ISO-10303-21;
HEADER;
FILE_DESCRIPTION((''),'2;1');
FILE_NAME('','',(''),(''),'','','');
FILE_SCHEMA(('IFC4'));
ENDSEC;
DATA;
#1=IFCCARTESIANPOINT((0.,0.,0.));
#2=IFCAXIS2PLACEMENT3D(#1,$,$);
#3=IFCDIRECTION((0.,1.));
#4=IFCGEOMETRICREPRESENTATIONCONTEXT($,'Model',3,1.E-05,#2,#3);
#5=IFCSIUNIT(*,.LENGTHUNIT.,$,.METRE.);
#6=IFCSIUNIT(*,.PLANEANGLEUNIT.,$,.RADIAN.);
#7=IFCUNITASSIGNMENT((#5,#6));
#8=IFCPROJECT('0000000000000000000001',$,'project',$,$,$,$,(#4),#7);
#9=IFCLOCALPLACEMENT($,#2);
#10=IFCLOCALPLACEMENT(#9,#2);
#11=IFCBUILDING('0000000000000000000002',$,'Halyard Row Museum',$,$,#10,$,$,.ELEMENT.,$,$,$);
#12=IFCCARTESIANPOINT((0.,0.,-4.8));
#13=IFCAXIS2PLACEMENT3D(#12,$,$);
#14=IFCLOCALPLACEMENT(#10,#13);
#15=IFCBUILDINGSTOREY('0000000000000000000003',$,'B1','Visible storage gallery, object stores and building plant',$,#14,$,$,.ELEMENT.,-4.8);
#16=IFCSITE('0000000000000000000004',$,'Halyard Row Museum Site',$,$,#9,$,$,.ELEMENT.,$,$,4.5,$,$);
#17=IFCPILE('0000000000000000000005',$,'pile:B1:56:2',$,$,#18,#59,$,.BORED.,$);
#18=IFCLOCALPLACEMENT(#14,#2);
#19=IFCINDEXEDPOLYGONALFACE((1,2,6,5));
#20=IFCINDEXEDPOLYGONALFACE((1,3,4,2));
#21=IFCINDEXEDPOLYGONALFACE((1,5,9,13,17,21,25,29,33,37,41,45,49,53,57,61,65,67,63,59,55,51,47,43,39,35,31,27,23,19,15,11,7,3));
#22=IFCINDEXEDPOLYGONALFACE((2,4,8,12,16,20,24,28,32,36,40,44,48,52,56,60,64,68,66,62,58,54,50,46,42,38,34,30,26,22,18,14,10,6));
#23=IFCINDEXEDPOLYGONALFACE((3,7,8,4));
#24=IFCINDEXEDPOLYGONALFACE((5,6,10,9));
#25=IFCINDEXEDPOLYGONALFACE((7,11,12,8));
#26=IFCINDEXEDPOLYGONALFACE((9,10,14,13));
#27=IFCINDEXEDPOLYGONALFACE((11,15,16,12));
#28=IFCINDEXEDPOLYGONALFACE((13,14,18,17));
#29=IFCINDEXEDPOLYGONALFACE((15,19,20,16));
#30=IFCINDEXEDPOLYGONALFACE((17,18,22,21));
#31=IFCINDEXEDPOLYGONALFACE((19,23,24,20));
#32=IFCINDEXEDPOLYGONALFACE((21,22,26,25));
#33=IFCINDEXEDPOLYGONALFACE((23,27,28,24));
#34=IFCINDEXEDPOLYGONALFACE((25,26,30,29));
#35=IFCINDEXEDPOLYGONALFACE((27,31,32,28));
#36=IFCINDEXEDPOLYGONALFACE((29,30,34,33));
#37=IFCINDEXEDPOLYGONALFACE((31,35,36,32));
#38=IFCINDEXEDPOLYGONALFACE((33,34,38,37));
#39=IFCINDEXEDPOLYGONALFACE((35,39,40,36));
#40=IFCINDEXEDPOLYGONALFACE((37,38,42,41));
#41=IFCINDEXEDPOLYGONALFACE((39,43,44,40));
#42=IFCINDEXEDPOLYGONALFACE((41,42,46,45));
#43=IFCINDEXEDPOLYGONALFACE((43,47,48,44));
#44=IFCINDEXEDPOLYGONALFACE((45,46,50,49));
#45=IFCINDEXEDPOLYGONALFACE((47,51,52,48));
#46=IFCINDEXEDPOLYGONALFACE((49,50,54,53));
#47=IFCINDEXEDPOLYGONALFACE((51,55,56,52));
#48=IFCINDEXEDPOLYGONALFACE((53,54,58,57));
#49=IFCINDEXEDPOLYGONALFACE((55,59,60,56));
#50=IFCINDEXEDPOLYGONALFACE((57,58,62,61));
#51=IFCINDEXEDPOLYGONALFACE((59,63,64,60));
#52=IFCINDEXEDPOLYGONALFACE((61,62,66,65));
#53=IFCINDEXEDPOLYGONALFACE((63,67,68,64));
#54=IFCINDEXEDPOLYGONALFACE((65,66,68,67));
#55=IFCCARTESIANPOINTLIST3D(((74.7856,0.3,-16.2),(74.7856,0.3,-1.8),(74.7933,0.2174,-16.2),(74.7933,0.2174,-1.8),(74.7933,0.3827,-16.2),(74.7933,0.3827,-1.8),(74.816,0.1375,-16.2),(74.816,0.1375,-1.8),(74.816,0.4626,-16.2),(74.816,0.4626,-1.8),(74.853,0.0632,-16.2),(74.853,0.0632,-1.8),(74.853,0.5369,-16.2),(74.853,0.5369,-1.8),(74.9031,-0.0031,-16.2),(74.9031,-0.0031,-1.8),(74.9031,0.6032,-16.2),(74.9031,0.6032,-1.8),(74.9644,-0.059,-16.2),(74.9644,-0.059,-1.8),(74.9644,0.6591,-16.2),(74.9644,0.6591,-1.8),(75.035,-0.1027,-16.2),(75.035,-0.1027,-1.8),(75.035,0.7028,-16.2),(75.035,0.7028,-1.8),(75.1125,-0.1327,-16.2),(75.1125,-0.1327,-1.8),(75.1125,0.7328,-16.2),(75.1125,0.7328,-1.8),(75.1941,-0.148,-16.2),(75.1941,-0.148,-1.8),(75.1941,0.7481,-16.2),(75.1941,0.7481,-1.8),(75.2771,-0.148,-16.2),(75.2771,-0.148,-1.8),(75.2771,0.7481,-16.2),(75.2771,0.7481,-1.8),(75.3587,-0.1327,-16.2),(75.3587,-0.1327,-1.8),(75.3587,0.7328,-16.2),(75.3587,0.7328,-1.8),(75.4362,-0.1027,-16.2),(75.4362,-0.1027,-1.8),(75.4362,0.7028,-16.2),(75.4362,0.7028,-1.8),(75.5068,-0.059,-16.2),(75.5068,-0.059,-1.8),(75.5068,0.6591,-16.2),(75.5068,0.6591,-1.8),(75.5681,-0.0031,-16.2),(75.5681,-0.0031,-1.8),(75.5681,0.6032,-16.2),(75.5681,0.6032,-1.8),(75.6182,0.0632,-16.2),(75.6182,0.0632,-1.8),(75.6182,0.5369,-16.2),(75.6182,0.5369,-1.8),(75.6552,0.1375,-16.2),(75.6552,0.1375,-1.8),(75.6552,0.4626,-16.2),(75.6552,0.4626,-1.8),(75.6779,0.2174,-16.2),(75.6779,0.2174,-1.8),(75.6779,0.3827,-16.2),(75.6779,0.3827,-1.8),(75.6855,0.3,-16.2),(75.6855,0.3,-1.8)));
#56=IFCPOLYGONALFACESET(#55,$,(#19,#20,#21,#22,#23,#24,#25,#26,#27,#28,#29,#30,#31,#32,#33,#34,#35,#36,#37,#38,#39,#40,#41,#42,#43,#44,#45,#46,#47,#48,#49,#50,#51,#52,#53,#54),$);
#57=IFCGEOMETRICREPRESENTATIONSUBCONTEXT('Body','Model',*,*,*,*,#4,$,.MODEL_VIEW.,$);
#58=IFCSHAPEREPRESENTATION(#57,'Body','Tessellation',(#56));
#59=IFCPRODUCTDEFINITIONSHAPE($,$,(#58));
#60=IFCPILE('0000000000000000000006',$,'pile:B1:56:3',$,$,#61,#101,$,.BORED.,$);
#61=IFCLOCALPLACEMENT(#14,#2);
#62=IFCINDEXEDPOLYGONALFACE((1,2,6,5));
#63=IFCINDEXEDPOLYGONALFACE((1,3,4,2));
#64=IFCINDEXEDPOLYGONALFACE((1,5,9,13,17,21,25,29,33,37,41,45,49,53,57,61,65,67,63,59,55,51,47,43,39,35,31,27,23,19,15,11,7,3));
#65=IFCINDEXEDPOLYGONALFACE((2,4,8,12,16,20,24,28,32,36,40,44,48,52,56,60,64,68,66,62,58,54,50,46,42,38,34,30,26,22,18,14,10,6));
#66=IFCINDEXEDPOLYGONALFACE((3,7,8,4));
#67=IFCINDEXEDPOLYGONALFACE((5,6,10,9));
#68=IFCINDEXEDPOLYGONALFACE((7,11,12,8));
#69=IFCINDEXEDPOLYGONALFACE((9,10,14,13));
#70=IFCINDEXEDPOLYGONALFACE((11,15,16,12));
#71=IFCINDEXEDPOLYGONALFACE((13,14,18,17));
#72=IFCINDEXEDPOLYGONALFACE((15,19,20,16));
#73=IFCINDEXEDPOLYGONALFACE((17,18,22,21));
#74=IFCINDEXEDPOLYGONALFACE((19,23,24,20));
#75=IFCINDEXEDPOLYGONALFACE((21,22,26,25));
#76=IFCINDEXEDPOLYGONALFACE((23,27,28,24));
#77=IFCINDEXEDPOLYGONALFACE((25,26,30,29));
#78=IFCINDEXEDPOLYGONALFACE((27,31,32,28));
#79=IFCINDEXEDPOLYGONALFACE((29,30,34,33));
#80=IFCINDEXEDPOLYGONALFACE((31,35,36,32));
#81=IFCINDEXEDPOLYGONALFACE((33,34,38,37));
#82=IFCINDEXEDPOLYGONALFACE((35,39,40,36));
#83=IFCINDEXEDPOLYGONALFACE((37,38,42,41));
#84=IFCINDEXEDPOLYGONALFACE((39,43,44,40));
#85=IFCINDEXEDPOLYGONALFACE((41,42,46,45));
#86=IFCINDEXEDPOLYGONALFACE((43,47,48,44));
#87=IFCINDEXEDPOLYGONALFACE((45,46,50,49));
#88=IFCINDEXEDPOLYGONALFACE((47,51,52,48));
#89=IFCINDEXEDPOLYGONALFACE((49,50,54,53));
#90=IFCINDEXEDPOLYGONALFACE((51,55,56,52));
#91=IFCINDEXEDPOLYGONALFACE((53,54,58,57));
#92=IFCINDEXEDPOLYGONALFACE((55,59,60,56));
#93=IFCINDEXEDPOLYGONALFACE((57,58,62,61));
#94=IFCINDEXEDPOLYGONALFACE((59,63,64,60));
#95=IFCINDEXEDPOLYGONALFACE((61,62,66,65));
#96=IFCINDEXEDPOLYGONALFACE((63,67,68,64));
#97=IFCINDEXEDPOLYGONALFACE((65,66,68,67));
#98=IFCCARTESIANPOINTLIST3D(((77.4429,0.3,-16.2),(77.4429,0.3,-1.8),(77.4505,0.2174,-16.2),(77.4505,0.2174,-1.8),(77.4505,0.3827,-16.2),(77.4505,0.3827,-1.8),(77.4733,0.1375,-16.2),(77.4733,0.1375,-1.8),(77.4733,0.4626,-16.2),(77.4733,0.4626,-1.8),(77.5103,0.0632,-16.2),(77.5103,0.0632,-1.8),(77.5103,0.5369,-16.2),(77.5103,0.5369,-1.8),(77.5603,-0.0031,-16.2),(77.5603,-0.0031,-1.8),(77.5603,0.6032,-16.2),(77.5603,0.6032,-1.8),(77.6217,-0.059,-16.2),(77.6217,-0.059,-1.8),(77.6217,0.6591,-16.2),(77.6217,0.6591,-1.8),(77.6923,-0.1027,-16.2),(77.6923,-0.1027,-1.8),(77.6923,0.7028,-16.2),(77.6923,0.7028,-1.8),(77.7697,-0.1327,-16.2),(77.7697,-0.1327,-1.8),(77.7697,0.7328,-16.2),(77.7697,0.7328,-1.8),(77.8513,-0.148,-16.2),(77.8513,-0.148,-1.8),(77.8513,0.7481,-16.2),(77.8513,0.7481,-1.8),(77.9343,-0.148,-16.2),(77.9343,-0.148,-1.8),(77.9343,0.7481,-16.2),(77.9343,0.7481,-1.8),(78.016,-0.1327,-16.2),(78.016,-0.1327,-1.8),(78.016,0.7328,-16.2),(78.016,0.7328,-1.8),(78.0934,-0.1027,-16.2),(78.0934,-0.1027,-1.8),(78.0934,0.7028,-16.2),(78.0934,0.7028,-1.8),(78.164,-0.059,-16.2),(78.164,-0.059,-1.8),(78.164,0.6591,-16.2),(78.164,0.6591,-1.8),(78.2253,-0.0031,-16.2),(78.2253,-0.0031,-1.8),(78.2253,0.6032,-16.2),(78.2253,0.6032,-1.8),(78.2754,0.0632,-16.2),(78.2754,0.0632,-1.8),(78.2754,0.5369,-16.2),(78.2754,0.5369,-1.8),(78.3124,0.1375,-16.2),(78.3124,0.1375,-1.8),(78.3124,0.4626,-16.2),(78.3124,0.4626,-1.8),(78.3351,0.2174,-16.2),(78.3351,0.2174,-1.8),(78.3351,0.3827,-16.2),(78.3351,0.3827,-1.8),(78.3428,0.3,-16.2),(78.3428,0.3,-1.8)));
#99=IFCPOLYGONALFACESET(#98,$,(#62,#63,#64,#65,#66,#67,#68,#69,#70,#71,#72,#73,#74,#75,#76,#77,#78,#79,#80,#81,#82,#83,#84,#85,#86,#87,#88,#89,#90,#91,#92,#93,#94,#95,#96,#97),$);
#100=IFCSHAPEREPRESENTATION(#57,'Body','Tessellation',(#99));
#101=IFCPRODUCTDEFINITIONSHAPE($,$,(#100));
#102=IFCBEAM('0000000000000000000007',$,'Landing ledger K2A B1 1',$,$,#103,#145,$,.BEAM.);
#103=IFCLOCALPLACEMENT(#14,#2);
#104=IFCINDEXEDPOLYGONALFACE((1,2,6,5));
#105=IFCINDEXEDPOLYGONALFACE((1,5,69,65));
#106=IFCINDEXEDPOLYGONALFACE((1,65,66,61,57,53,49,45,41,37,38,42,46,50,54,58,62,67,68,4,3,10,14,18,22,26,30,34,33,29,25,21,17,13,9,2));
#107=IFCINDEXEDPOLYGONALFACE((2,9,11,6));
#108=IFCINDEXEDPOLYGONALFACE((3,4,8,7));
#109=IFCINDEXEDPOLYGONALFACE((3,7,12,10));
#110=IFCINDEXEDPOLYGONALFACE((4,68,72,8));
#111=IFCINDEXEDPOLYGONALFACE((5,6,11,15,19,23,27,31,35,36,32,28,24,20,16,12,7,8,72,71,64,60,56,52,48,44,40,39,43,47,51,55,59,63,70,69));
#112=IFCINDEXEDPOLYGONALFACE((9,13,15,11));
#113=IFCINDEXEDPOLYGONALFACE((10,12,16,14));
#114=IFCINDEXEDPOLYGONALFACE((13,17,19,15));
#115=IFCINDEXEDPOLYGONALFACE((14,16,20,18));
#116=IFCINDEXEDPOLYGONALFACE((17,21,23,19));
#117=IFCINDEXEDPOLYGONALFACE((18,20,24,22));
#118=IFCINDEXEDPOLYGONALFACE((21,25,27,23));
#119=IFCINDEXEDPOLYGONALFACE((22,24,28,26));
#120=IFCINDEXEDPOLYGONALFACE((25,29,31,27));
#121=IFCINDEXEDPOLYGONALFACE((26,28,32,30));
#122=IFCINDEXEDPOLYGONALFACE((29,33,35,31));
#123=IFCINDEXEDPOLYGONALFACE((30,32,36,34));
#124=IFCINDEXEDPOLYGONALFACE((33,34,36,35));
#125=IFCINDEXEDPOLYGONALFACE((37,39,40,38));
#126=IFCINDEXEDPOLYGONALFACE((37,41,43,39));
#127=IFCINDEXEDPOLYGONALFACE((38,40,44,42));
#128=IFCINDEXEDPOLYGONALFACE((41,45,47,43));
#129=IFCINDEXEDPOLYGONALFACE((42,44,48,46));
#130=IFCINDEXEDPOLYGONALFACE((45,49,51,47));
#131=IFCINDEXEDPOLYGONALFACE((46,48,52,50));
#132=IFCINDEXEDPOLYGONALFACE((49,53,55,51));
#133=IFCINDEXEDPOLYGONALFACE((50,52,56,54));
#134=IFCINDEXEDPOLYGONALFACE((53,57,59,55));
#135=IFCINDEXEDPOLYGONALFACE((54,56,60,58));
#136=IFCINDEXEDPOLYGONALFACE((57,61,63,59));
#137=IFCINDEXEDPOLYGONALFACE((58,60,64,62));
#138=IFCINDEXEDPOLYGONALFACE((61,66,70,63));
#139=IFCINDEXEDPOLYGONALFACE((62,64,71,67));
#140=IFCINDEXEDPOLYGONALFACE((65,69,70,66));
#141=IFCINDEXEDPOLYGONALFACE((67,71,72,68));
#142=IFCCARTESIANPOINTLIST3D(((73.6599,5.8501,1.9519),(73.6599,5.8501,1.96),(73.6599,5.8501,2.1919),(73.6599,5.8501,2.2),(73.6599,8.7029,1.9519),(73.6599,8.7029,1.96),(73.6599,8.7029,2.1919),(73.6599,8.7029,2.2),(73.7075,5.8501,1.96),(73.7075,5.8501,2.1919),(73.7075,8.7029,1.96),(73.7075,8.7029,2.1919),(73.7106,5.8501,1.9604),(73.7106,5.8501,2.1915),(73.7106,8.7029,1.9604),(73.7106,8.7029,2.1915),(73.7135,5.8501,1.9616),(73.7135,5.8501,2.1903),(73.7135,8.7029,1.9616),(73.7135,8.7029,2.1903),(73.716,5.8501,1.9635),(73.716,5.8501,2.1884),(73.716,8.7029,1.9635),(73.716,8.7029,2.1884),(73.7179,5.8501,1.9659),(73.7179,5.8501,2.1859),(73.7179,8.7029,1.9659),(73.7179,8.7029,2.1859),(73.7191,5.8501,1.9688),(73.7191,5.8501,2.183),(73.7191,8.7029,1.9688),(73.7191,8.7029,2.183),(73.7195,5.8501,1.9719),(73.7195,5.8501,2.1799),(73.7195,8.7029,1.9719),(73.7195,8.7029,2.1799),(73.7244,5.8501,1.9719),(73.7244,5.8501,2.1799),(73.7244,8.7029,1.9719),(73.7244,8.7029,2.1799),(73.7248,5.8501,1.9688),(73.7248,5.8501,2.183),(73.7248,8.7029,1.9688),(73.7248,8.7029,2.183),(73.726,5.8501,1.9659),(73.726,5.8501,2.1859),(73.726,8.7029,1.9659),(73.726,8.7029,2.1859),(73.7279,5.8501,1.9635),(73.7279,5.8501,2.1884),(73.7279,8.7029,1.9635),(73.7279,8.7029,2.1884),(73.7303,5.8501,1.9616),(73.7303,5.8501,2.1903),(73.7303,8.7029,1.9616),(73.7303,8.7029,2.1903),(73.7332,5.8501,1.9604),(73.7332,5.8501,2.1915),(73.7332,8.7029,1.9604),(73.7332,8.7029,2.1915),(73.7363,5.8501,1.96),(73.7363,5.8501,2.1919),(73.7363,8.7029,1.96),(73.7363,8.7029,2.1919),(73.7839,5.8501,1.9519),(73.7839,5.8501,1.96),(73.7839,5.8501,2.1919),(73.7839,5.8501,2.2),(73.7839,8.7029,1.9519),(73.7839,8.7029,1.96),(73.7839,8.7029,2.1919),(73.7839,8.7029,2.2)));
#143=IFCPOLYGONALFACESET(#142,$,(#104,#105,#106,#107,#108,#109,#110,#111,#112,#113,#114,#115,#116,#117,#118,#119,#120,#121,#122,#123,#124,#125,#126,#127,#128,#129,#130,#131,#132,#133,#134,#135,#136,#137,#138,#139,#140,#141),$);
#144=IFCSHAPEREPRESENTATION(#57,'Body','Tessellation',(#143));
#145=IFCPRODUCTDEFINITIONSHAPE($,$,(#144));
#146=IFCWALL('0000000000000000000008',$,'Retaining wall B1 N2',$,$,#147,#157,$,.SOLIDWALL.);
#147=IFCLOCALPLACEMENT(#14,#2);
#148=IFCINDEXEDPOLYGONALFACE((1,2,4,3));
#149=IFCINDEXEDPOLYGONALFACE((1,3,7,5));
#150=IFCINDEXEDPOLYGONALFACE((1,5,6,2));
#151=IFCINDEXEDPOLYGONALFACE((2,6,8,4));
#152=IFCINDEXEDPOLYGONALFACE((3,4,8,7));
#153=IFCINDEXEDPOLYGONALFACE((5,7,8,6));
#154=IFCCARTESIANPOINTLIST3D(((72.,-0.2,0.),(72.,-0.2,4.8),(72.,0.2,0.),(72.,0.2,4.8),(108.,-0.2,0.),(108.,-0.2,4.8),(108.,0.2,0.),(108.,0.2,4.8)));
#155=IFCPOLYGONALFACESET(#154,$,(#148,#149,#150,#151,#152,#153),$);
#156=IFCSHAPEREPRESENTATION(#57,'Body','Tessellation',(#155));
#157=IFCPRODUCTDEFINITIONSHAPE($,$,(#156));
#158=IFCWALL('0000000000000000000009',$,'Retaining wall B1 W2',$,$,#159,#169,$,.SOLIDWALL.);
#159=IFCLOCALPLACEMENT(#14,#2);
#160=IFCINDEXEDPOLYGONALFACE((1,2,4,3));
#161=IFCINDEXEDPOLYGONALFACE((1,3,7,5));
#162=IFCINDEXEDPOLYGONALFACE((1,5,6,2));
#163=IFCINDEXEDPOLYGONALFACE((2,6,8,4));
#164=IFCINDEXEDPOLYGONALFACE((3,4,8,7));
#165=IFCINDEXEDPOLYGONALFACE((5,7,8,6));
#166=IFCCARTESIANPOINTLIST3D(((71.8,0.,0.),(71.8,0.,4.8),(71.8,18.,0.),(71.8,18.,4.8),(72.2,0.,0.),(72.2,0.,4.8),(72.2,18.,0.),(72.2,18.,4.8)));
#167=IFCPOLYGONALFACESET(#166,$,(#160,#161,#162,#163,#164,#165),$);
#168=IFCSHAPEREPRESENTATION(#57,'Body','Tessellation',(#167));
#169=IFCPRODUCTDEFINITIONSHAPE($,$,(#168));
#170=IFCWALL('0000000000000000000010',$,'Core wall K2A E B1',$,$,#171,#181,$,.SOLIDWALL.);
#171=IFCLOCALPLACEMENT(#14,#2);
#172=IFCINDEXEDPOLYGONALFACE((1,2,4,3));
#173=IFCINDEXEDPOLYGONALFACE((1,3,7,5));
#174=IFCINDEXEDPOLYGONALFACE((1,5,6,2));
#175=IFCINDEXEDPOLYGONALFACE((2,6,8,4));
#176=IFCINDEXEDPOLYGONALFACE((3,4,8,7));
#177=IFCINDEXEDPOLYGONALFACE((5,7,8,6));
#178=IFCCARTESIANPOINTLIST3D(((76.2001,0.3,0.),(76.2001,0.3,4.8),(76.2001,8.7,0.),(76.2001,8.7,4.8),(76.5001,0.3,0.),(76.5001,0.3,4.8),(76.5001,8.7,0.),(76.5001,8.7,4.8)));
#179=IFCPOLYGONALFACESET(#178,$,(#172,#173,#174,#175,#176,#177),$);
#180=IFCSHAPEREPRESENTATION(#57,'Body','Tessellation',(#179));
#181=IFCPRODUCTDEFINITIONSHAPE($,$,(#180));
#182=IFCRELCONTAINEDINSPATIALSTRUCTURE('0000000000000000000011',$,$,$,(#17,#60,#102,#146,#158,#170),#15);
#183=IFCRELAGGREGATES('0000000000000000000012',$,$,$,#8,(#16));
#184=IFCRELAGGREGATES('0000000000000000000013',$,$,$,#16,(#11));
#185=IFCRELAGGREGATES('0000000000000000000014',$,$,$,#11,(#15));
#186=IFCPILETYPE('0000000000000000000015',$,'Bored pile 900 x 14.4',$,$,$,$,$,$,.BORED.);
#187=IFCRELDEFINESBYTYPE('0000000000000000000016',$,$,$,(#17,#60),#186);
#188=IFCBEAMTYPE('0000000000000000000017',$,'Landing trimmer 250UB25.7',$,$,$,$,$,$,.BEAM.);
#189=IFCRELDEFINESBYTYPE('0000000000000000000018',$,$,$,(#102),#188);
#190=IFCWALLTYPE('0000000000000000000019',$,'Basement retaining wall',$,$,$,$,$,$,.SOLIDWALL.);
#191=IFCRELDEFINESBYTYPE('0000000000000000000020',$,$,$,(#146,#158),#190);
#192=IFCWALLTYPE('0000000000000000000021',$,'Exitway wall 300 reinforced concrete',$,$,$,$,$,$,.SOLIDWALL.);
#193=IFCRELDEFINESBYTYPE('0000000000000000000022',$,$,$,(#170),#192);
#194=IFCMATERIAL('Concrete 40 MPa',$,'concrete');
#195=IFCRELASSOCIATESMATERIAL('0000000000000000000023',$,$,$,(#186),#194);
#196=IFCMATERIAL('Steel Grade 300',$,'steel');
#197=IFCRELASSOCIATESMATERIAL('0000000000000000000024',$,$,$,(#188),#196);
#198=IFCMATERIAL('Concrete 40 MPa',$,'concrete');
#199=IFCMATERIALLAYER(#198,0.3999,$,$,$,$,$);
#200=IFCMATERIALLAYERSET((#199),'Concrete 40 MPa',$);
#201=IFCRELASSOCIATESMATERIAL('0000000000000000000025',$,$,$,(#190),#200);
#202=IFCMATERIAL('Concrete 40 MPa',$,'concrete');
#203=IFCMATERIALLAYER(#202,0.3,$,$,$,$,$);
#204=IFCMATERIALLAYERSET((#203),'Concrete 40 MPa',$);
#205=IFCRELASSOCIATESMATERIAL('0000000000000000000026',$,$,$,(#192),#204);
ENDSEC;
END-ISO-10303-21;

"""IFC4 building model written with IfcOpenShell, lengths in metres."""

from ifc_helpers import new_model, si_unit, direction, frame, frame_2d, origin, origin_2d, place, context, subcontext, project, spatial, rectangle, circle, i_section, extrude, material, layer, layer_set, material_profile, profile_set, type_object, element, save


model = new_model("IFC4")

# Units and contexts
model_context = context("Model", 3, precision=1e-05, world=origin(), true_north=direction((0.0, 1.0)))
body_context = subcontext(model_context, "Body", "Model", "MODEL_VIEW")
ifc_project = project(units=[si_unit("LENGTHUNIT", "METRE"), si_unit("PLANEANGLEUNIT", "RADIAN")], contexts=[model_context])

# Site, building, storey
site_placement = place(None, origin())
site = spatial("IfcSite", under=ifc_project, at=site_placement, Name="Halyard Row Museum Site", CompositionType="ELEMENT", RefElevation=4.5)
building_placement = place(site_placement, origin())
building = spatial("IfcBuilding", under=site, at=building_placement, Name="Halyard Row Museum", CompositionType="ELEMENT")
storey_placement = place(building_placement, frame((0.0, 0.0, -4.8)))
storey = spatial("IfcBuildingStorey", under=building, at=storey_placement, Name="B1", Description="Visible storage gallery, object stores and building plant", CompositionType="ELEMENT", Elevation=-4.8)

# Piles
ifc_material_1 = material(Name="Concrete 40 MPa", Category="concrete")
ifc_material_profile_1 = material_profile(ifc_material_1, circle(Radius=0.45, at=origin_2d()), Name="Bored pile 900 x 14.4")
ifc_profile_set_1 = profile_set([ifc_material_profile_1], Name="Concrete 40 MPa")
pile_type_1 = type_object("IfcPileType", Name="Bored pile 900 x 14.4", PredefinedType="BORED", material=ifc_profile_set_1)
for number, where, z_axis, x_axis, name in (
    (1, (75.2356, 0.3, -1.8), (0.0, 0.0, -1.0), (1.0, 0.0, 0.0), "pile:B1:56:2"),
    (2, (77.8928, 0.3, -1.8), (0.0, 0.0, -1.0), (1.0, 0.0, 0.0), "pile:B1:56:3"),
):
    element("IfcPile", number, at=place(storey_placement, frame(where, z_axis=z_axis, x_axis=x_axis)), inside=storey, type_object=pile_type_1, Name=name, PredefinedType="BORED", context=body_context, shape_type="SweptSolid", body=[
        extrude(circle(Radius=0.45, at=origin_2d()), origin(), (0.0, 0.0, 1.0), 14.3999),
    ])

# Beam
ifc_material_2 = material(Name="Steel Grade 300", Category="steel")
ifc_material_profile_2 = material_profile(ifc_material_2, i_section(OverallWidth=0.124, OverallDepth=0.248, WebThickness=0.0049, FlangeThickness=0.0081, FilletRadius=0.012, at=origin_2d()), Name="250UB25.7")
ifc_profile_set_2 = profile_set([ifc_material_profile_2], Name="Steel Grade 300")
beam_type = type_object("IfcBeamType", Name="Landing trimmer 250UB25.7", PredefinedType="BEAM", material=ifc_profile_set_2)
beam_placement = place(storey_placement, frame((73.7219, 8.7029, 2.0759), z_axis=(0.0, -1.0, 0.0), x_axis=(1.0, 0.0, 0.0)))
element("IfcBeam", 3, at=beam_placement, inside=storey, type_object=beam_type, Name="Landing ledger K2A B1 1", PredefinedType="BEAM", context=body_context, shape_type="SweptSolid", body=[
    extrude(i_section(OverallWidth=0.124, OverallDepth=0.248, WebThickness=0.0049, FlangeThickness=0.0081, FilletRadius=0.012, at=origin_2d()), origin(), (0.0, 0.0, 1.0), 2.8528),
])

# Walls
ifc_material_3 = material(Name="Concrete 40 MPa", Category="concrete")
ifc_layer_1 = layer(ifc_material_3, 0.3999)
ifc_layer_set_1 = layer_set([ifc_layer_1], Name="Concrete 40 MPa")
wall_type_1 = type_object("IfcWallType", Name="Basement retaining wall", PredefinedType="SOLIDWALL", material=ifc_layer_set_1)
wall_1_placement = place(storey_placement, frame((72.0, 0.0, 0.0), z_axis=(0.0, 0.0, 1.0), x_axis=(1.0, 0.0, 0.0)))
element("IfcWall", 4, at=wall_1_placement, inside=storey, type_object=wall_type_1, Name="Retaining wall B1 N2", PredefinedType="SOLIDWALL", context=body_context, shape_type="SweptSolid", body=[
    extrude(rectangle(XDim=36.0, YDim=0.3999, at=frame_2d((18.0, 0.0))), origin(), (0.0, 0.0, 1.0), 4.8),
])
wall_2_placement = place(storey_placement, frame((72.0, 0.0, 0.0), z_axis=(0.0, 0.0, 1.0), x_axis=(0.0, 1.0, 0.0)))
element("IfcWall", 5, at=wall_2_placement, inside=storey, type_object=wall_type_1, Name="Retaining wall B1 W2", PredefinedType="SOLIDWALL", context=body_context, shape_type="SweptSolid", body=[
    extrude(rectangle(XDim=18.0, YDim=0.3999, at=frame_2d((9.0, 0.0))), origin(), (0.0, 0.0, 1.0), 4.8),
])
ifc_material_4 = material(Name="Concrete 40 MPa", Category="concrete")
ifc_layer_2 = layer(ifc_material_4, 0.3)
ifc_layer_set_2 = layer_set([ifc_layer_2], Name="Concrete 40 MPa")
wall_type_2 = type_object("IfcWallType", Name="Exitway wall 300 reinforced concrete", PredefinedType="SOLIDWALL", material=ifc_layer_set_2)
wall_3_placement = place(storey_placement, frame((76.3501, 0.3, 0.0), z_axis=(0.0, 0.0, 1.0), x_axis=(0.0, 1.0, 0.0)))
element("IfcWall", 6, at=wall_3_placement, inside=storey, type_object=wall_type_2, Name="Core wall K2A E B1", PredefinedType="SOLIDWALL", context=body_context, shape_type="SweptSolid", body=[
    extrude(rectangle(XDim=8.3999, YDim=0.3, at=frame_2d((4.2, 0.0))), origin(), (0.0, 0.0, 1.0), 4.8),
])

save(model, "model.ifc")
